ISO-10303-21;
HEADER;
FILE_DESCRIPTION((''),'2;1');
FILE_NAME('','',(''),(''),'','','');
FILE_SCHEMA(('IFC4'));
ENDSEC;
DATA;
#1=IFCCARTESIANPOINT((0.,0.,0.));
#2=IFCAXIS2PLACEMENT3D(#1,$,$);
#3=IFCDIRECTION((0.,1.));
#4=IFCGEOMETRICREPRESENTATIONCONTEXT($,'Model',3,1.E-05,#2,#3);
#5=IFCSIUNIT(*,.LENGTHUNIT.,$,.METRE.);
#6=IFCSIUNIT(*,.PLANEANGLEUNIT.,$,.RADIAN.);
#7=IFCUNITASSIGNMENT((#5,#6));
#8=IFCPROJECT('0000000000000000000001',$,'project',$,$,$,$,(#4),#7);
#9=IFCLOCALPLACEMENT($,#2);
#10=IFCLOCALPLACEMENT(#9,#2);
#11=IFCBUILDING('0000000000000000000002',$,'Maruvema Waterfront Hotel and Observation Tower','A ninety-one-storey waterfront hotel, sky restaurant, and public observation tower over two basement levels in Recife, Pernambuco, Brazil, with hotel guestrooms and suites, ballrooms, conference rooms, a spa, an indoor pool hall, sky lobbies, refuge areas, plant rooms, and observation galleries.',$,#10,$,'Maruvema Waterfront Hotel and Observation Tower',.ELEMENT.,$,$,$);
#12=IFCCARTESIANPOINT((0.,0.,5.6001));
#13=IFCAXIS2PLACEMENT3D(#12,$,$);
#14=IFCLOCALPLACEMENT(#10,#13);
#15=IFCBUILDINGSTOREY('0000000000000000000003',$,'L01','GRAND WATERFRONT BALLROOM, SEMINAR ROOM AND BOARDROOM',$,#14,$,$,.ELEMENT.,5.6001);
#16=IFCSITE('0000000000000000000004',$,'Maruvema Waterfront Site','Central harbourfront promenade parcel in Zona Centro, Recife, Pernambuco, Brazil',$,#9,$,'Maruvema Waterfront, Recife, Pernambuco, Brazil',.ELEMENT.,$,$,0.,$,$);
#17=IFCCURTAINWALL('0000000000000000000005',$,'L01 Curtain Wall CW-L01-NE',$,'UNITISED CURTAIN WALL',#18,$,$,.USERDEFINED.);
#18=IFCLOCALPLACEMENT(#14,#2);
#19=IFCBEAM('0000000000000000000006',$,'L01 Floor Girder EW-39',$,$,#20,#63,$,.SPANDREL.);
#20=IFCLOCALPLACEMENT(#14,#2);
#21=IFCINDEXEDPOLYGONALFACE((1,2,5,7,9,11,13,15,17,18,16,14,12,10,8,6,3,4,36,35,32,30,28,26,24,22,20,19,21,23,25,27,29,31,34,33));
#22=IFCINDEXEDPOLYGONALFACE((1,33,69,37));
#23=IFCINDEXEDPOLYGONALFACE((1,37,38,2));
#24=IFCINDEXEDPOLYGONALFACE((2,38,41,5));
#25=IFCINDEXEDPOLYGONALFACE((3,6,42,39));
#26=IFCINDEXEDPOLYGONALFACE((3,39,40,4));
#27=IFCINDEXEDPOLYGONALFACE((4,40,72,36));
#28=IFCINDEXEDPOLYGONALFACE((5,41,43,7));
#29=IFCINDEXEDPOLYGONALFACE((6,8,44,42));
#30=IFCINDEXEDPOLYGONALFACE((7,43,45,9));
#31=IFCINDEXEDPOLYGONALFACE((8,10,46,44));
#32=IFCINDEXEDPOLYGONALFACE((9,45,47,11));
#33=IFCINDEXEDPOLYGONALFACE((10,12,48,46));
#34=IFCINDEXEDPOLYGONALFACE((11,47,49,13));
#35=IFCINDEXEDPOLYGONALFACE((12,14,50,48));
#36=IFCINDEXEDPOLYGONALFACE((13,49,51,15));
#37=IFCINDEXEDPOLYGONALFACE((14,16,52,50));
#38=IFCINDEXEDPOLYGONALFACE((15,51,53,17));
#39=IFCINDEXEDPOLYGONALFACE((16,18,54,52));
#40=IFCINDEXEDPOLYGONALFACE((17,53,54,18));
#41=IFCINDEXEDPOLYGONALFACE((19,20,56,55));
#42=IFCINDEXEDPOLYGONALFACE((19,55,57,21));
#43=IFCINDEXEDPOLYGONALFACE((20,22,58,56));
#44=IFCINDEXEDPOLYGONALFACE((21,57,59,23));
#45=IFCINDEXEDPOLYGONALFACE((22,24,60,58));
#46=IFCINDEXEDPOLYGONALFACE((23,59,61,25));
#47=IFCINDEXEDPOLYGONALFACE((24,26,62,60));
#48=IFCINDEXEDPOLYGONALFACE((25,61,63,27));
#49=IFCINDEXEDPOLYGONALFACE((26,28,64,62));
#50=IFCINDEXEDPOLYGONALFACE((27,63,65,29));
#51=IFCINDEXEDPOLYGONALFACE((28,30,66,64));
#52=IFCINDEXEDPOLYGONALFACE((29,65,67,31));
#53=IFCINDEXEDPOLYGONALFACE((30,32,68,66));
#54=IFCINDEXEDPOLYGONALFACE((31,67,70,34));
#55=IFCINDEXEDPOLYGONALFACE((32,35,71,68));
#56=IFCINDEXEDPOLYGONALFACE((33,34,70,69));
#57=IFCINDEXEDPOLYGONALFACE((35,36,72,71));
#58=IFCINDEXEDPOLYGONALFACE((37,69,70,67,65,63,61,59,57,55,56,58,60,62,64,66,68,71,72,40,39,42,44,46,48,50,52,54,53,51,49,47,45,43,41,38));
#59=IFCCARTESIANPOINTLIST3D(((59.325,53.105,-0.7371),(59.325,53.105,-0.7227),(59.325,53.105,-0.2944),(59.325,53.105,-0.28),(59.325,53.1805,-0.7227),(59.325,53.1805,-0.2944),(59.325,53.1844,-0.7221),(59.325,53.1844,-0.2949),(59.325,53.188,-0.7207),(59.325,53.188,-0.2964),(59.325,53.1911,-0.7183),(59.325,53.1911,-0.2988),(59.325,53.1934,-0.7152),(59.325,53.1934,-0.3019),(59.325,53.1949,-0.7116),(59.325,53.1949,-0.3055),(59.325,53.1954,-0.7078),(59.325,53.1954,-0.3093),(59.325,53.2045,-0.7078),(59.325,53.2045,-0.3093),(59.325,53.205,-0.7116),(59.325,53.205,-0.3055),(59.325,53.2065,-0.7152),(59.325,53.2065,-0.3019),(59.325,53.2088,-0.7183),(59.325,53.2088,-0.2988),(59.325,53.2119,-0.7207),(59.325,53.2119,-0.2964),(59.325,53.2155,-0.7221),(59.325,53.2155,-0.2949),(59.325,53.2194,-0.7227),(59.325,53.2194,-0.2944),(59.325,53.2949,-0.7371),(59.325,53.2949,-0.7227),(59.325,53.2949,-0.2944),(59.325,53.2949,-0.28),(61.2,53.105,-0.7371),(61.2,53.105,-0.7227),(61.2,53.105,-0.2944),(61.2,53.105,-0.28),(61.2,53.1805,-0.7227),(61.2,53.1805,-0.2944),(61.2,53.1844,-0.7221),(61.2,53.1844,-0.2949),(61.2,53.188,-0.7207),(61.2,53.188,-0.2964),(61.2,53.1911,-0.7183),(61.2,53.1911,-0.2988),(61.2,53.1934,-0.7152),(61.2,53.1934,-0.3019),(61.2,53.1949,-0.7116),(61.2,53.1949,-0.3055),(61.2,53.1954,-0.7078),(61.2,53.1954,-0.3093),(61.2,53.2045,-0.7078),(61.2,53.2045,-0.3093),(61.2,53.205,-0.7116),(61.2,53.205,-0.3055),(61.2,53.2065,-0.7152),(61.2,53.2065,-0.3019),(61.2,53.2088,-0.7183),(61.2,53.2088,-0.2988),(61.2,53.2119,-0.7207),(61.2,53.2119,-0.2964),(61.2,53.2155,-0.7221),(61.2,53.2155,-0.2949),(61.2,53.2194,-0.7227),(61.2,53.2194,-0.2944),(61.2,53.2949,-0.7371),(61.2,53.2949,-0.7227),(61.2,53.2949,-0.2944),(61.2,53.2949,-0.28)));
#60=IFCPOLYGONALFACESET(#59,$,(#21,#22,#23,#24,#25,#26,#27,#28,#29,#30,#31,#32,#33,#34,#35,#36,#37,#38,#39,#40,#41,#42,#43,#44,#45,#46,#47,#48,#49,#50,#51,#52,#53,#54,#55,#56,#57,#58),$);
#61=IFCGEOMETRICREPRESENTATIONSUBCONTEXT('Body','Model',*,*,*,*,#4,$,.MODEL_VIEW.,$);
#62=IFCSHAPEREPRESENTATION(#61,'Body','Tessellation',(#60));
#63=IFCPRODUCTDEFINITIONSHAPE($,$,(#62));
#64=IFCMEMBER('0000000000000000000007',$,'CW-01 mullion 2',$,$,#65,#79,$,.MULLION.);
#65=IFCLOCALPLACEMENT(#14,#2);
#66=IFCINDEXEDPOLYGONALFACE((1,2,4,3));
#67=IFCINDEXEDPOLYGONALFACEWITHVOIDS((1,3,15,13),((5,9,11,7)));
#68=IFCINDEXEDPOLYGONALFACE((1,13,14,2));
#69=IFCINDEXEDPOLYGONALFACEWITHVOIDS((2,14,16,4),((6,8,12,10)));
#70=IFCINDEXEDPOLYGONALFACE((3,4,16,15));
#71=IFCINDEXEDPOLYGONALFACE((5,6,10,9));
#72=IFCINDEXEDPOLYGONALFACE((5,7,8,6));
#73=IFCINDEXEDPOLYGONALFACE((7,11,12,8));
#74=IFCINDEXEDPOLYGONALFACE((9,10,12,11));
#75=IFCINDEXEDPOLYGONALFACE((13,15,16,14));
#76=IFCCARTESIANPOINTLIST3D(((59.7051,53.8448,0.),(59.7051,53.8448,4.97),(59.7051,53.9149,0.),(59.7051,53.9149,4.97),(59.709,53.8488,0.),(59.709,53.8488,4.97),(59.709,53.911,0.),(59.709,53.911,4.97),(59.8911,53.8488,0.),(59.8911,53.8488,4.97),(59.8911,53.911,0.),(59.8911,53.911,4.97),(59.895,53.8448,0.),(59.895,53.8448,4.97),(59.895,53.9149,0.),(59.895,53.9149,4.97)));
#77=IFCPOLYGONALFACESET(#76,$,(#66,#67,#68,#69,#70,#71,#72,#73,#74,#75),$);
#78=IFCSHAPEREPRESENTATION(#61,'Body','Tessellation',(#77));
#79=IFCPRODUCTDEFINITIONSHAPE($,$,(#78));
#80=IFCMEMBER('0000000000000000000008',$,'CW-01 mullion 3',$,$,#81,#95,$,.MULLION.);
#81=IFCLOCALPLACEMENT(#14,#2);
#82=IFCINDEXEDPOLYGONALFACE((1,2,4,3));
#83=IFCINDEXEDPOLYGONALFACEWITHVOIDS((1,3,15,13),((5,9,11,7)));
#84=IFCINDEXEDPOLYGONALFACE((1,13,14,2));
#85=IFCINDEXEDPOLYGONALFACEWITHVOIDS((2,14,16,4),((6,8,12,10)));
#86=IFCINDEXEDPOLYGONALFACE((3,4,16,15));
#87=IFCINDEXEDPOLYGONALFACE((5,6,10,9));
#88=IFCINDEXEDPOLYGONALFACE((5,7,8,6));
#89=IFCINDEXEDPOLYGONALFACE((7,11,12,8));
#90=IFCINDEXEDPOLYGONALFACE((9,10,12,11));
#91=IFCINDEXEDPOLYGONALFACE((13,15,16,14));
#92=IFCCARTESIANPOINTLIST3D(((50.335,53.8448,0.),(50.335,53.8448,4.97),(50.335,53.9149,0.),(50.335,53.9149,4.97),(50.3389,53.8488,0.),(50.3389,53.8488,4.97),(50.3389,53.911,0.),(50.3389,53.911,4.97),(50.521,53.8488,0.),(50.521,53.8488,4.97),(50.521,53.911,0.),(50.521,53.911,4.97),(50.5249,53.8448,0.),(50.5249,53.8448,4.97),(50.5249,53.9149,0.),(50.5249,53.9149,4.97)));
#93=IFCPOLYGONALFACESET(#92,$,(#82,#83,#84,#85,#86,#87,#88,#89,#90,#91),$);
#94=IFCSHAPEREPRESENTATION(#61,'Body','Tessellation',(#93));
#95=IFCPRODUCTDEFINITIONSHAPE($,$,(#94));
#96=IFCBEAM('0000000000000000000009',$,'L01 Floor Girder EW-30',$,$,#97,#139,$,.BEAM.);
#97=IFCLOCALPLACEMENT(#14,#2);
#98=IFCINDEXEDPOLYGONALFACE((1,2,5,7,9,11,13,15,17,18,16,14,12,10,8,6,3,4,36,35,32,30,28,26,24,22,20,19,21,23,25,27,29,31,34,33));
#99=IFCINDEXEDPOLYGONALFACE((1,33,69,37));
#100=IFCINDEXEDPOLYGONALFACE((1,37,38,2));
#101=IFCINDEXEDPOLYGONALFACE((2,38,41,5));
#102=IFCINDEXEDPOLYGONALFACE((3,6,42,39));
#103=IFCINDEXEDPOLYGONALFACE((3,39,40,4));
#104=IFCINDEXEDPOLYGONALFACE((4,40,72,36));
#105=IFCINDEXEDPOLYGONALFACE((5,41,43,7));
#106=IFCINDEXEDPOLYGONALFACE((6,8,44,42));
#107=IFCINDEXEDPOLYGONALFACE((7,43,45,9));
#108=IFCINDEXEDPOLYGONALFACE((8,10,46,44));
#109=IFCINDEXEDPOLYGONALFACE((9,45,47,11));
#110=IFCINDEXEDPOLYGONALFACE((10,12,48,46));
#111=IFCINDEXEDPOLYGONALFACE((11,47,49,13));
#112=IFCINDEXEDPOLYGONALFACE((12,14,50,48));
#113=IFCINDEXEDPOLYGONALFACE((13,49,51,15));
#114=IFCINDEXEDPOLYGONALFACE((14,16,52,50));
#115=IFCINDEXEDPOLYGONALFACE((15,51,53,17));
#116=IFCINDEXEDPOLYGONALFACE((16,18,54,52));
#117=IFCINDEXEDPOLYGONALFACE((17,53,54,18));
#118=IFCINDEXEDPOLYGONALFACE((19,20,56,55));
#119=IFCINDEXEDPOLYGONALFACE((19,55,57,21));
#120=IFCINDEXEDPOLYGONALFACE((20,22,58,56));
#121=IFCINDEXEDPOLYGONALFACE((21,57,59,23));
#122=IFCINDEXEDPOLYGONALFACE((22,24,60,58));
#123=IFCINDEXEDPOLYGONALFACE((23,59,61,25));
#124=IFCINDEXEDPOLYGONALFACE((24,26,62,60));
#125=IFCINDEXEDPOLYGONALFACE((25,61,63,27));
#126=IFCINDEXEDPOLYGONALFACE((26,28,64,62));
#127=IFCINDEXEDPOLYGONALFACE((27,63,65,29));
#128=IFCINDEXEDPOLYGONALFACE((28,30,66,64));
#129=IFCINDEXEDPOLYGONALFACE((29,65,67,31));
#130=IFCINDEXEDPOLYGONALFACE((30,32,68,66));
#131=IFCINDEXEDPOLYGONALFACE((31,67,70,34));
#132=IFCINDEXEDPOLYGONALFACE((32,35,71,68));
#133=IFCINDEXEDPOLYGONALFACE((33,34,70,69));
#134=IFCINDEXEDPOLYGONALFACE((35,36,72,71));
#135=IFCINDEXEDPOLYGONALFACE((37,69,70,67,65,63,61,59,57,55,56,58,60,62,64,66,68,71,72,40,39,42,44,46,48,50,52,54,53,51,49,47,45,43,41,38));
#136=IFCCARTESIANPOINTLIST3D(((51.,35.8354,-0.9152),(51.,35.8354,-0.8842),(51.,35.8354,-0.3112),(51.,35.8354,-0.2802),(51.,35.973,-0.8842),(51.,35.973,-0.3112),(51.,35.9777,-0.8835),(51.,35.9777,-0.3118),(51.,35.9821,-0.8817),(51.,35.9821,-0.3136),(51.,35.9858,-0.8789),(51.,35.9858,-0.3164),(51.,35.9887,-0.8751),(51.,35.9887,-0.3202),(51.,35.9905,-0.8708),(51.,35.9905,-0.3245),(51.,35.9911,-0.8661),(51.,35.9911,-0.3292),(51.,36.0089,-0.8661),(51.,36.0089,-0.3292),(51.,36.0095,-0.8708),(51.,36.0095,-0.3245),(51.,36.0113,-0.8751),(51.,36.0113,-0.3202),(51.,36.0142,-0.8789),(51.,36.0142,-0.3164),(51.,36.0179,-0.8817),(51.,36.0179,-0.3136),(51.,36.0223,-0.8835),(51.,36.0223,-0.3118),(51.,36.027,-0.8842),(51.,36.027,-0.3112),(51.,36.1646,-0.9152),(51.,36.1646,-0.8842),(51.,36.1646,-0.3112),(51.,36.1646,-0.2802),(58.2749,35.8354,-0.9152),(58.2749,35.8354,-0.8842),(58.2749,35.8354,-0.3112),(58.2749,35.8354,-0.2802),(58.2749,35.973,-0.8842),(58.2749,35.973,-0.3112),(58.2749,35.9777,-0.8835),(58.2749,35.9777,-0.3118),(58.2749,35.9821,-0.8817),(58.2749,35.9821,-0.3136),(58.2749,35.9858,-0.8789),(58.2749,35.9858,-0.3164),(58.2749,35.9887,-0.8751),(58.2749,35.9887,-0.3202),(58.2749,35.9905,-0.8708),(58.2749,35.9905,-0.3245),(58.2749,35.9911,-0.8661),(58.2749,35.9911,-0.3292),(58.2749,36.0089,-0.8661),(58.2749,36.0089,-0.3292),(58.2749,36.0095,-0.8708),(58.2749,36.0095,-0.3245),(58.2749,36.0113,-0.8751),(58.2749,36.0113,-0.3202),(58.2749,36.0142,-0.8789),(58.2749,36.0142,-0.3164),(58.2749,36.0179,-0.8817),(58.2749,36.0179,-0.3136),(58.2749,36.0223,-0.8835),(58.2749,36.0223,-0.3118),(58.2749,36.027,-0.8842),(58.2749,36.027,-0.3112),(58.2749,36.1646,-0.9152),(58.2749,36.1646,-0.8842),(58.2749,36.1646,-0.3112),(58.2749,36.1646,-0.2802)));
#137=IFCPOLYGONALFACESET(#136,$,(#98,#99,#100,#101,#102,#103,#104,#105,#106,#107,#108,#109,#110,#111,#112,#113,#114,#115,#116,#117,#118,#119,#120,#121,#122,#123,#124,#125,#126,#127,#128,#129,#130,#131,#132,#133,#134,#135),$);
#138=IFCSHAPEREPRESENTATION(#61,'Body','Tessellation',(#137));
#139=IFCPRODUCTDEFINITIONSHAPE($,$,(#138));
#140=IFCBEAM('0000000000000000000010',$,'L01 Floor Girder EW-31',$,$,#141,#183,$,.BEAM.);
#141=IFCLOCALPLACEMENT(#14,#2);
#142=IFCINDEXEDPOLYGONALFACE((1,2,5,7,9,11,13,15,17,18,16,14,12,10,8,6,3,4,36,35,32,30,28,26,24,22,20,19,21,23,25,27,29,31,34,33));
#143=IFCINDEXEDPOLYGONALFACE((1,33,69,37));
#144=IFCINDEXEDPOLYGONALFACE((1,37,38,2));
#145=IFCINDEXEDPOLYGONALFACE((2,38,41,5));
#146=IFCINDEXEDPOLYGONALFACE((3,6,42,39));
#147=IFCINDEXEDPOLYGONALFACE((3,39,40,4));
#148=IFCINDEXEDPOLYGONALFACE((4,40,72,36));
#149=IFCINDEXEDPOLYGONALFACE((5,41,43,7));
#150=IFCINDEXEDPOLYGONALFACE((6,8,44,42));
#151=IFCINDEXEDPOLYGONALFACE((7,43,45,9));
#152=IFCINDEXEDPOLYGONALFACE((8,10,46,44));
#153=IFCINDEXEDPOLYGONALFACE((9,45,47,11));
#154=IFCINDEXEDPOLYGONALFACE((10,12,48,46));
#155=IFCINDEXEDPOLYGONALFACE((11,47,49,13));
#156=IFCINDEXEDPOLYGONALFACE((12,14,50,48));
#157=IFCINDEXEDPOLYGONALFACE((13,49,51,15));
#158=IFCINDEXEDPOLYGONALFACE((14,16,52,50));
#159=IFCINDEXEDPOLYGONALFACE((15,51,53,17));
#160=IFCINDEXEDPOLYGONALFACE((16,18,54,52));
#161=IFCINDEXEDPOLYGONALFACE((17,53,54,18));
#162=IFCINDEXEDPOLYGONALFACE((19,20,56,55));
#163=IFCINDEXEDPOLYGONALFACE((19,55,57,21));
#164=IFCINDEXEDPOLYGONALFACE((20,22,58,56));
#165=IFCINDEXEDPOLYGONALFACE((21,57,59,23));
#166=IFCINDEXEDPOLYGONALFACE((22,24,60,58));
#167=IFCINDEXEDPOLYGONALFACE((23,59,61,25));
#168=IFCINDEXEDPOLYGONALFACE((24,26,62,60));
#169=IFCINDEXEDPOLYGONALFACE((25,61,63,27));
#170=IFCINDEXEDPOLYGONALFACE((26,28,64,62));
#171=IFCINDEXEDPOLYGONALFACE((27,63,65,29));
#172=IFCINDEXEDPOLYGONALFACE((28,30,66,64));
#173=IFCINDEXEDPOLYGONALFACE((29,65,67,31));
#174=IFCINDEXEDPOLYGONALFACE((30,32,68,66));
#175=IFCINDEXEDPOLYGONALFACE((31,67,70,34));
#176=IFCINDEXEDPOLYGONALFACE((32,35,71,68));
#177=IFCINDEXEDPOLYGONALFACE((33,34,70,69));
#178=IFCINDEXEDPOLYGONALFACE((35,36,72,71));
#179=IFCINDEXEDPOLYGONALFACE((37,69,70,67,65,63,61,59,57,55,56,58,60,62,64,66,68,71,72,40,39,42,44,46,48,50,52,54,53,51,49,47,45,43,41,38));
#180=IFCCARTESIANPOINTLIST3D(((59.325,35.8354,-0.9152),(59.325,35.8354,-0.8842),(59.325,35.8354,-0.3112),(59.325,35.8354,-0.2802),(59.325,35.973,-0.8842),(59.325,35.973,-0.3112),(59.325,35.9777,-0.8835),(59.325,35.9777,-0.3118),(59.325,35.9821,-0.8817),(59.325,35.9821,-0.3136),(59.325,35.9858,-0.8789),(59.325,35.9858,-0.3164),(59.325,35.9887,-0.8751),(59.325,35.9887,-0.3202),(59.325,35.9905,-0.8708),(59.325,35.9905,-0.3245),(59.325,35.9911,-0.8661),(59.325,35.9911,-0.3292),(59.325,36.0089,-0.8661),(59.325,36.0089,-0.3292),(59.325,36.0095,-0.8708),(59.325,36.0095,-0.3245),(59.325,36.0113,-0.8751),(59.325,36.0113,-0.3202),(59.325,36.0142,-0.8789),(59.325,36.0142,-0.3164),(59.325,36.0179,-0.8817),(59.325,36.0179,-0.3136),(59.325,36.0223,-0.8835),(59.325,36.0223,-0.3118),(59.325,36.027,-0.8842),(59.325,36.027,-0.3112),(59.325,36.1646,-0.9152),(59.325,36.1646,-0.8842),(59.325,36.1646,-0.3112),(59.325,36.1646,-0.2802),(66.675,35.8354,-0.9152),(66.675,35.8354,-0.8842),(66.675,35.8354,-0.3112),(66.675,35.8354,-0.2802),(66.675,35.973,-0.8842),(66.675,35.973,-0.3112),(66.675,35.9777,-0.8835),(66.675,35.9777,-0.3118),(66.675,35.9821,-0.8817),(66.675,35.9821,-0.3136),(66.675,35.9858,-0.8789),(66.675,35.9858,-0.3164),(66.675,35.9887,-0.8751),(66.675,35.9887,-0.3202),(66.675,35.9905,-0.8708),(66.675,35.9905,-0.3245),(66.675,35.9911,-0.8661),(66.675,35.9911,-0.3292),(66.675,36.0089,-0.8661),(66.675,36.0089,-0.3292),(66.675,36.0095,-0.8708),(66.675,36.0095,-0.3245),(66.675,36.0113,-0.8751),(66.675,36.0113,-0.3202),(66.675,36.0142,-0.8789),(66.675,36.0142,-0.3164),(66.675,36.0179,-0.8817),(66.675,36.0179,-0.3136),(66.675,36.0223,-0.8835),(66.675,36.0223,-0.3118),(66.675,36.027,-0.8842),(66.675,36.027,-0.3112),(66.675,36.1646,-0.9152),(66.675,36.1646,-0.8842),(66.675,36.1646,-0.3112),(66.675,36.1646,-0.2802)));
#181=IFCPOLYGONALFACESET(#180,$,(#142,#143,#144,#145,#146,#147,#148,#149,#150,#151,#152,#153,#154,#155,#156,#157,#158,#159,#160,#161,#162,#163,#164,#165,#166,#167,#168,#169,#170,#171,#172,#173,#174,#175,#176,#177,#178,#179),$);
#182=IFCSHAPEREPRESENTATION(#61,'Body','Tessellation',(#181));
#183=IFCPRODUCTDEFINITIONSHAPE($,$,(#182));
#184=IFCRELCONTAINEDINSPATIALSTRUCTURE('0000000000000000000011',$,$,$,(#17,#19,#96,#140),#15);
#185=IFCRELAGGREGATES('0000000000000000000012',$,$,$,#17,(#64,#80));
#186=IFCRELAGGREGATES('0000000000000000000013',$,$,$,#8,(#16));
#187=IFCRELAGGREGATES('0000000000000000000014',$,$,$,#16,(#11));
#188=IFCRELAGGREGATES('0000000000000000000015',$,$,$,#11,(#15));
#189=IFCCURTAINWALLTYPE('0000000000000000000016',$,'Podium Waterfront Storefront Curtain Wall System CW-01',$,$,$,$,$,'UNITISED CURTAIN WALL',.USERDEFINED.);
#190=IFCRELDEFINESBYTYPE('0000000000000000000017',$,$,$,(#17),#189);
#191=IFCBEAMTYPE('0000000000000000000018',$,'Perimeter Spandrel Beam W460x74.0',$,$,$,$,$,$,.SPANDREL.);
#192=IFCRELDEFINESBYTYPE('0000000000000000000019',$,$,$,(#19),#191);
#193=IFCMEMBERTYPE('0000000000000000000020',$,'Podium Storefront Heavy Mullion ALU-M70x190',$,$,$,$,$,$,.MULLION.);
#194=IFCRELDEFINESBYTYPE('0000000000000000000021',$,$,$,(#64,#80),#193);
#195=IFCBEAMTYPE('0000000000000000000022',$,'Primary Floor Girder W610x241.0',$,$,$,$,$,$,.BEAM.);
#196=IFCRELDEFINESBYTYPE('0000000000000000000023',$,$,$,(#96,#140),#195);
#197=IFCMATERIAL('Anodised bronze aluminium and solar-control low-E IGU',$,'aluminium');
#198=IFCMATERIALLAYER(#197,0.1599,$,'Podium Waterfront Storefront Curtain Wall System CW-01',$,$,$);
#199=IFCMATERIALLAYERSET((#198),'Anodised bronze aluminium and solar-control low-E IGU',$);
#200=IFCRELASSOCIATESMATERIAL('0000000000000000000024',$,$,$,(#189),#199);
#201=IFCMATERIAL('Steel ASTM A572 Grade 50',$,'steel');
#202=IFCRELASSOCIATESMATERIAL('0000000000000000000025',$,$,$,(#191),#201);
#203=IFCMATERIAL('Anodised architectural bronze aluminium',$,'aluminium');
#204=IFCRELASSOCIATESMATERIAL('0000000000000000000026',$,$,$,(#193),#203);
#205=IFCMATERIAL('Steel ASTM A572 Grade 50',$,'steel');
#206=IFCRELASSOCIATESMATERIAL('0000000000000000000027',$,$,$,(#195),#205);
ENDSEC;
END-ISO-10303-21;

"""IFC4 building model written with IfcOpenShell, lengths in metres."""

from ifc_helpers import new_model, si_unit, direction, frame, origin, origin_2d, place, context, subcontext, project, spatial, hollow_rectangle, i_section, extrude, material, layer, layer_set, material_profile, profile_set, type_object, element, aggregate, save


model = new_model("IFC4")

# Units and contexts
model_context = context("Model", 3, precision=1e-05, world=origin(), true_north=direction((0.0, 1.0)))
body_context = subcontext(model_context, "Body", "Model", "MODEL_VIEW")
ifc_project = project(units=[si_unit("LENGTHUNIT", "METRE"), si_unit("PLANEANGLEUNIT", "RADIAN")], contexts=[model_context])

# Site, building, storey
site_placement = place(None, origin())
site = spatial("IfcSite", under=ifc_project, at=site_placement, Name="Maruvema Waterfront Site", Description="Central harbourfront promenade parcel in Zona Centro, Recife, Pernambuco, Brazil", LongName="Maruvema Waterfront, Recife, Pernambuco, Brazil", CompositionType="ELEMENT", RefElevation=0.0)
building_placement = place(site_placement, origin())
building = spatial("IfcBuilding", under=site, at=building_placement, Name="Maruvema Waterfront Hotel and Observation Tower", Description="A ninety-one-storey waterfront hotel, sky restaurant, and public observation tower over two basement levels in Recife, Pernambuco, Brazil, with hotel guestrooms and suites, ballrooms, conference rooms, a spa, an indoor pool hall, sky lobbies, refuge areas, plant rooms, and observation galleries.", LongName="Maruvema Waterfront Hotel and Observation Tower", CompositionType="ELEMENT")
storey_placement = place(building_placement, frame((0.0, 0.0, 5.6001)))
storey = spatial("IfcBuildingStorey", under=building, at=storey_placement, Name="L01", Description="GRAND WATERFRONT BALLROOM, SEMINAR ROOM AND BOARDROOM", CompositionType="ELEMENT", Elevation=5.6001)

# Curtain wall
ifc_material_1 = material(Name="Anodised bronze aluminium and solar-control low-E IGU", Category="aluminium")
ifc_layer_1 = layer(ifc_material_1, 0.1599, Name="Podium Waterfront Storefront Curtain Wall System CW-01")
ifc_layer_set_1 = layer_set([ifc_layer_1], Name="Anodised bronze aluminium and solar-control low-E IGU")
curtain_wall_type = type_object("IfcCurtainWallType", Name="Podium Waterfront Storefront Curtain Wall System CW-01", ElementType="UNITISED CURTAIN WALL", PredefinedType="USERDEFINED", material=ifc_layer_set_1)
curtain_wall_placement = place(storey_placement, origin())
curtain_wall = element("IfcCurtainWall", 1, at=curtain_wall_placement, inside=storey, type_object=curtain_wall_type, Name="L01 Curtain Wall CW-L01-NE", ObjectType="UNITISED CURTAIN WALL", PredefinedType="USERDEFINED")

# Beam
ifc_material_2 = material(Name="Steel ASTM A572 Grade 50", Category="steel")
ifc_material_profile_1 = material_profile(ifc_material_2, i_section(OverallWidth=0.1899, OverallDepth=0.457, WebThickness=0.009, FlangeThickness=0.0144, FilletRadius=0.0149, at=origin_2d()), Name="W460x74.0")
ifc_profile_set_1 = profile_set([ifc_material_profile_1], Name="Steel ASTM A572 Grade 50")
beam_type_1 = type_object("IfcBeamType", Name="Perimeter Spandrel Beam W460x74.0", PredefinedType="SPANDREL", material=ifc_profile_set_1)
beam_1_placement = place(storey_placement, frame((59.325, 53.2, -0.5085), z_axis=(1.0, 0.0, 0.0), x_axis=(0.0, 1.0, 0.0)))
element("IfcBeam", 2, at=beam_1_placement, inside=storey, type_object=beam_type_1, Name="L01 Floor Girder EW-39", PredefinedType="SPANDREL", context=body_context, shape_type="SweptSolid", body=[
    extrude(i_section(OverallWidth=0.1899, OverallDepth=0.457, WebThickness=0.009, FlangeThickness=0.0144, FilletRadius=0.0149, at=origin_2d()), origin(), (0.0, 0.0, 1.0), 1.875),
])

# Members
ifc_material_3 = material(Name="Anodised architectural bronze aluminium", Category="aluminium")
ifc_material_profile_2 = material_profile(ifc_material_3, hollow_rectangle(XDim=0.0701, YDim=0.1899, WallThickness=0.0039, at=origin_2d()), Name="ALU-M70x190")
ifc_profile_set_2 = profile_set([ifc_material_profile_2], Name="Anodised architectural bronze aluminium")
member_type_1 = type_object("IfcMemberType", Name="Podium Storefront Heavy Mullion ALU-M70x190", PredefinedType="MULLION", material=ifc_profile_set_2)
member_1_placement = place(storey_placement, frame((59.8, 53.8799, 0.0), z_axis=(0.0, 0.0, 1.0), x_axis=(0.0, -1.0, 0.0)))
member_1 = element("IfcMember", 3, at=member_1_placement, type_object=member_type_1, Name="CW-01 mullion 2", PredefinedType="MULLION", context=body_context, shape_type="SweptSolid", body=[
    extrude(hollow_rectangle(XDim=0.0701, YDim=0.1899, WallThickness=0.0039, at=origin_2d()), origin(), (0.0, 0.0, 1.0), 4.97),
])
member_2_placement = place(storey_placement, frame((50.4299, 53.8799, 0.0), z_axis=(0.0, 0.0, 1.0), x_axis=(0.0, -1.0, 0.0)))
member_2 = element("IfcMember", 4, at=member_2_placement, type_object=member_type_1, Name="CW-01 mullion 3", PredefinedType="MULLION", context=body_context, shape_type="SweptSolid", body=[
    extrude(hollow_rectangle(XDim=0.0701, YDim=0.1899, WallThickness=0.0039, at=origin_2d()), origin(), (0.0, 0.0, 1.0), 4.97),
])

# Beams
ifc_material_4 = material(Name="Steel ASTM A572 Grade 50", Category="steel")
ifc_material_profile_3 = material_profile(ifc_material_4, i_section(OverallWidth=0.3291, OverallDepth=0.635, WebThickness=0.0178, FlangeThickness=0.031, FilletRadius=0.0181, at=origin_2d()), Name="W610x241.0")
ifc_profile_set_3 = profile_set([ifc_material_profile_3], Name="Steel ASTM A572 Grade 50")
beam_type_2 = type_object("IfcBeamType", Name="Primary Floor Girder W610x241.0", PredefinedType="BEAM", material=ifc_profile_set_3)
beam_2_placement = place(storey_placement, frame((51.0, 36.0, -0.5977), z_axis=(1.0, 0.0, 0.0), x_axis=(0.0, 1.0, 0.0)))
element("IfcBeam", 5, at=beam_2_placement, inside=storey, type_object=beam_type_2, Name="L01 Floor Girder EW-30", PredefinedType="BEAM", context=body_context, shape_type="SweptSolid", body=[
    extrude(i_section(OverallWidth=0.3291, OverallDepth=0.635, WebThickness=0.0178, FlangeThickness=0.031, FilletRadius=0.0181, at=origin_2d()), origin(), (0.0, 0.0, 1.0), 7.2749),
])
beam_3_placement = place(storey_placement, frame((59.325, 36.0, -0.5977), z_axis=(1.0, 0.0, 0.0), x_axis=(0.0, 1.0, 0.0)))
element("IfcBeam", 6, at=beam_3_placement, inside=storey, type_object=beam_type_2, Name="L01 Floor Girder EW-31", PredefinedType="BEAM", context=body_context, shape_type="SweptSolid", body=[
    extrude(i_section(OverallWidth=0.3291, OverallDepth=0.635, WebThickness=0.0178, FlangeThickness=0.031, FilletRadius=0.0181, at=origin_2d()), origin(), (0.0, 0.0, 1.0), 7.3501),
])

aggregate(curtain_wall, [member_1, member_2])

save(model, "model.ifc")
